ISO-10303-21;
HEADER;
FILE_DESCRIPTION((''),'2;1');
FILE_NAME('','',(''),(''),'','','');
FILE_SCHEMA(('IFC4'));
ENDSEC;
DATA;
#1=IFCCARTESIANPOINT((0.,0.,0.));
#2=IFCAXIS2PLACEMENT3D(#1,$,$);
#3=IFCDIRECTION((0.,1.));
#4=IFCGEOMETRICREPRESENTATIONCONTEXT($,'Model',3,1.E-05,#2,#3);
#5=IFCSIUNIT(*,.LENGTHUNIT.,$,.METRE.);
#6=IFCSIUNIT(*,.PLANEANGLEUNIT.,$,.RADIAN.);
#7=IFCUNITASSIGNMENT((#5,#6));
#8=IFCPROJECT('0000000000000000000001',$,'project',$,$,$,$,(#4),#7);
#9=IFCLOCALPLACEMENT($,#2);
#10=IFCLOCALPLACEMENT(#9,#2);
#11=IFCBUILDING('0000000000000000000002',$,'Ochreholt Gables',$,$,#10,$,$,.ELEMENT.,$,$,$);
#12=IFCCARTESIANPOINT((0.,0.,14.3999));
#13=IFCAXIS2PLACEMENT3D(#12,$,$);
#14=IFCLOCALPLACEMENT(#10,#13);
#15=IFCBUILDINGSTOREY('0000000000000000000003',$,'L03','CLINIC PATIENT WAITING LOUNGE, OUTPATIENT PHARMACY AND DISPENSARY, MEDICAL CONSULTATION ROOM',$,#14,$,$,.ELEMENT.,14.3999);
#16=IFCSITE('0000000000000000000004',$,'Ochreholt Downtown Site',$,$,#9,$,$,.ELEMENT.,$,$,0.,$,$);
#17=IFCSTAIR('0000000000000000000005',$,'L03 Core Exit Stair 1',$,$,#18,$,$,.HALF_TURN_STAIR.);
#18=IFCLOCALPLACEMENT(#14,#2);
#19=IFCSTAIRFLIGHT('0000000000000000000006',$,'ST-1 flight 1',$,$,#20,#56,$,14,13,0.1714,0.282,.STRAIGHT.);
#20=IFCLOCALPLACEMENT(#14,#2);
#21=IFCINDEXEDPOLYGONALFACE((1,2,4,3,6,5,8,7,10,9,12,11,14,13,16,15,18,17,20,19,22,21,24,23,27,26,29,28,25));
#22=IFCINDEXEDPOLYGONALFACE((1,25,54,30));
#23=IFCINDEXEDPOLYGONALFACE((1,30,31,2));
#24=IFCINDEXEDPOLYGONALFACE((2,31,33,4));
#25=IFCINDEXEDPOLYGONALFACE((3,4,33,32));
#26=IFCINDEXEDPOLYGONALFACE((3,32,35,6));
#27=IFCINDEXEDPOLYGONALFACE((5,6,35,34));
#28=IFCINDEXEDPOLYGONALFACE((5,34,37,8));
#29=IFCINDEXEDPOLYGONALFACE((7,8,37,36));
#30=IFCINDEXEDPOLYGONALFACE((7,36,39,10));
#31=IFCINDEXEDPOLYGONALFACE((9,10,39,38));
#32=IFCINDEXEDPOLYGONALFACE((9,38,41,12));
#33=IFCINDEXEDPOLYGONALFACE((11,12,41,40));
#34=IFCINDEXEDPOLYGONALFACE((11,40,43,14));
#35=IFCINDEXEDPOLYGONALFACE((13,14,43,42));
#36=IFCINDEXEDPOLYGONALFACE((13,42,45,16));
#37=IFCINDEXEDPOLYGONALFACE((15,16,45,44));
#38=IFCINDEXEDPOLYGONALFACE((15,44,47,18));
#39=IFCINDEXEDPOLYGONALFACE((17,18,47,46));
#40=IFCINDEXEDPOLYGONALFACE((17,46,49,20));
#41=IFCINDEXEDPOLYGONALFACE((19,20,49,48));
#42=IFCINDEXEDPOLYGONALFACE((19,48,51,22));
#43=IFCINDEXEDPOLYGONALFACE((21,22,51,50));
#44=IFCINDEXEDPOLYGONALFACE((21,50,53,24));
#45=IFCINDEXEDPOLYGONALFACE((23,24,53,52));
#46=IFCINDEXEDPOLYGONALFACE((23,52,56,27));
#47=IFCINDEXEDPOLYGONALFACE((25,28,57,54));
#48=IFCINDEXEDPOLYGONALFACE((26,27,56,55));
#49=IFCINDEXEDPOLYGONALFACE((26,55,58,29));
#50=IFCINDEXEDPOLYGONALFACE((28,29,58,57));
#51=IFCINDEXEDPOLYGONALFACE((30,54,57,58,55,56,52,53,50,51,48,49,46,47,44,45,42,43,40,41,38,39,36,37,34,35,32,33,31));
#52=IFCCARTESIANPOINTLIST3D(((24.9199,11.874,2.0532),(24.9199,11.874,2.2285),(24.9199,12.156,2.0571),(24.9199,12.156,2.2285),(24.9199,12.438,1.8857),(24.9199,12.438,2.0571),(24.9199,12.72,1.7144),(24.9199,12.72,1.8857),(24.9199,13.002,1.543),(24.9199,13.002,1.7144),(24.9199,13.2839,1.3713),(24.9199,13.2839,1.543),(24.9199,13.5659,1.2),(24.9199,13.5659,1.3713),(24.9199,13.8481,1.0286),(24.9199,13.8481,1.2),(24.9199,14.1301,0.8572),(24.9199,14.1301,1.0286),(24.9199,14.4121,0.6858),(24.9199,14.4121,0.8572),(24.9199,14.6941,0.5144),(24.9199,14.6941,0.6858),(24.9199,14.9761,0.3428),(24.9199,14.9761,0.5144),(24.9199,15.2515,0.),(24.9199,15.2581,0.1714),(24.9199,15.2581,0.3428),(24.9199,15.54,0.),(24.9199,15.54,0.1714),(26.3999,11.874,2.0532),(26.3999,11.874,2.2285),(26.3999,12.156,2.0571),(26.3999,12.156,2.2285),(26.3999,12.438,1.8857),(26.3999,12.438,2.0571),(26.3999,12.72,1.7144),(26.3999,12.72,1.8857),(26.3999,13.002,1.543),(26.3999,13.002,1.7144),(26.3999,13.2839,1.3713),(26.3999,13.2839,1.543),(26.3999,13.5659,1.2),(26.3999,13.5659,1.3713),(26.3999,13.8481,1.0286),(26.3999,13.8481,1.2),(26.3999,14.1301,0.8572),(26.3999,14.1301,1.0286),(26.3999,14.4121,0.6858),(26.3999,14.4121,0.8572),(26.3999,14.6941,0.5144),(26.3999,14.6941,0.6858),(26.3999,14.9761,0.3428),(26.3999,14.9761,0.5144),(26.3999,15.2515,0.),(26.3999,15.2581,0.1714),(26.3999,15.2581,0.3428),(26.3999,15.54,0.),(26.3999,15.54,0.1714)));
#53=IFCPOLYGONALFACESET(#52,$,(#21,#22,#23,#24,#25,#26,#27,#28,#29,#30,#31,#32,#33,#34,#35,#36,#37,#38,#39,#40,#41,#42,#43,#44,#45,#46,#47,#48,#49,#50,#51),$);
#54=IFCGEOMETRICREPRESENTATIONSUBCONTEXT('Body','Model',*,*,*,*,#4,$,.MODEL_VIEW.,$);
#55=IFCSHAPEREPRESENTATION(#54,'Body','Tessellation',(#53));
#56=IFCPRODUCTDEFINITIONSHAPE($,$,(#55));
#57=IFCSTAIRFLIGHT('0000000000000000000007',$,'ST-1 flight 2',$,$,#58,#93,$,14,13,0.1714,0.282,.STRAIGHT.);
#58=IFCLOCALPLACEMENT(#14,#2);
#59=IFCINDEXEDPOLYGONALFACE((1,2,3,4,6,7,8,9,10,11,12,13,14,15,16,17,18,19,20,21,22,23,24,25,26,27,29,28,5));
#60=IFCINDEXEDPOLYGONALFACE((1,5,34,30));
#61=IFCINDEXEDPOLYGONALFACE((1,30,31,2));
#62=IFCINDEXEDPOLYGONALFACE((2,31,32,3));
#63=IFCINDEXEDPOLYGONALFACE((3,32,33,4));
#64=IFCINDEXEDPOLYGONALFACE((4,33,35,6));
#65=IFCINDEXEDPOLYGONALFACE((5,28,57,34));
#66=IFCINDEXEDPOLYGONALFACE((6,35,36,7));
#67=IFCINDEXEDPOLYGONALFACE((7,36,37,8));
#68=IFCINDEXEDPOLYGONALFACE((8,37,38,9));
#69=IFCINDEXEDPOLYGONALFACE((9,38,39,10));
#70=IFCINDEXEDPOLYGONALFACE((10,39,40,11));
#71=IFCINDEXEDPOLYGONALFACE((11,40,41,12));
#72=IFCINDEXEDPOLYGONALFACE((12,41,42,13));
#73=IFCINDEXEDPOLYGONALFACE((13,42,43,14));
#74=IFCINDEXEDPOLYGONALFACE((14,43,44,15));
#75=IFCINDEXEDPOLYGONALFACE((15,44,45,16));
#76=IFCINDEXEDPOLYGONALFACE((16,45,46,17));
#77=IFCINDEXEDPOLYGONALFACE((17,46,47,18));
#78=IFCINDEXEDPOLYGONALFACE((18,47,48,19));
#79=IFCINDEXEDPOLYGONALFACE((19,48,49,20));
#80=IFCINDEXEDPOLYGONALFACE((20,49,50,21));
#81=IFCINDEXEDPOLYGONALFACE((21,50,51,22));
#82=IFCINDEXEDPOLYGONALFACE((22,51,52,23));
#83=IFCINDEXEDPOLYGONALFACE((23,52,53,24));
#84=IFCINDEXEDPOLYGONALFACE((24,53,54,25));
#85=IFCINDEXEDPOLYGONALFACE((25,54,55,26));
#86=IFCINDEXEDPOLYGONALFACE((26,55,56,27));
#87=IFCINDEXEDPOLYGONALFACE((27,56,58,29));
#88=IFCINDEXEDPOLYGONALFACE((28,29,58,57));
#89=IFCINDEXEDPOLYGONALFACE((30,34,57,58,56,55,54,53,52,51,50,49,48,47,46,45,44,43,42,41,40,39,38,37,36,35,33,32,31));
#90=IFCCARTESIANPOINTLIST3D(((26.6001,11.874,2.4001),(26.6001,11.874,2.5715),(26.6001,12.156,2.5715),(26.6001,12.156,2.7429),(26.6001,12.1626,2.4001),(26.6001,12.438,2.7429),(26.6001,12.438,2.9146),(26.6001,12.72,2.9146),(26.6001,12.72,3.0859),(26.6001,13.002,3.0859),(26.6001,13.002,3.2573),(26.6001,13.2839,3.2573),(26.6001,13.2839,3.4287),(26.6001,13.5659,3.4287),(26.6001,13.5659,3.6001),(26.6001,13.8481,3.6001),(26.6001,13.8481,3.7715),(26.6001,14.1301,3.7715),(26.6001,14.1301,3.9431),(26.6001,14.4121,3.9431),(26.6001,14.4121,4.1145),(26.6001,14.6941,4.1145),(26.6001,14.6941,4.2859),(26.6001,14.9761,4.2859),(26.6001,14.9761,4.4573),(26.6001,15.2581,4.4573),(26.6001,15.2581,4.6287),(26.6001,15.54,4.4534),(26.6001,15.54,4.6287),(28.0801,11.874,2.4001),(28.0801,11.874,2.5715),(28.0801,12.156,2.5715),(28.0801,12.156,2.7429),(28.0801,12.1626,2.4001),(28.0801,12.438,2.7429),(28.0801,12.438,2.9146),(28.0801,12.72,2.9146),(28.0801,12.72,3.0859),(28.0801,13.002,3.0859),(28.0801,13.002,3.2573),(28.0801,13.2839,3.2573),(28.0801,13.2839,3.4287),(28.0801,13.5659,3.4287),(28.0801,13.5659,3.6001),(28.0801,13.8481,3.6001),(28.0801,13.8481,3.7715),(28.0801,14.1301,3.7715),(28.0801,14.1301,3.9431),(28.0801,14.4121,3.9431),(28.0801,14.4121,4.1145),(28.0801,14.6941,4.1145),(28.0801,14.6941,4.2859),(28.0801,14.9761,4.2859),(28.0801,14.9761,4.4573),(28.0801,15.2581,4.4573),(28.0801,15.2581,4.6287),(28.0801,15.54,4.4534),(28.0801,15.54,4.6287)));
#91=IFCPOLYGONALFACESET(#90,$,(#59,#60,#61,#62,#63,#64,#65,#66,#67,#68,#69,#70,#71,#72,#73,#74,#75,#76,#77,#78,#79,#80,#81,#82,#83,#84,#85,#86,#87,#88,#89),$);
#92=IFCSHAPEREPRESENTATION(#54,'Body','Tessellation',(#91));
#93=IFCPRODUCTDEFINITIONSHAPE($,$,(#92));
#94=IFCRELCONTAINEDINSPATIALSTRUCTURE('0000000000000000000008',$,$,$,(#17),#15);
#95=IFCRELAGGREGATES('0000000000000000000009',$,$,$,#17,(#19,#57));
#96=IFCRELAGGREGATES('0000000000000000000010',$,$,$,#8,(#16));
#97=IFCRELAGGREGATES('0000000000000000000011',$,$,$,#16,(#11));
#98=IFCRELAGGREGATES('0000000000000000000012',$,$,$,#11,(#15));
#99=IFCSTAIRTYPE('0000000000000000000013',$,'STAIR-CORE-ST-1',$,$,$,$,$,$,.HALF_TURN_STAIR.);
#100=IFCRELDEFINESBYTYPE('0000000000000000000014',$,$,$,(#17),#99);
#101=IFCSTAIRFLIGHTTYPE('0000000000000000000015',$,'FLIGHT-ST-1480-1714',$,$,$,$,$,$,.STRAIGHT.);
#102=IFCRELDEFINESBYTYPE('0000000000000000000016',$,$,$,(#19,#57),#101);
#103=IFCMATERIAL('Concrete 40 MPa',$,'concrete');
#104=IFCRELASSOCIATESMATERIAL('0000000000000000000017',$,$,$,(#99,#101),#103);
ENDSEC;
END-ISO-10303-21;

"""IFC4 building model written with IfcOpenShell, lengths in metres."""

from ifc_helpers import new_model, si_unit, direction, frame, origin, place, context, subcontext, project, spatial, polyline, outline, extrude, material, type_object, element, aggregate, save


model = new_model("IFC4")

# Units and contexts
model_context = context("Model", 3, precision=1e-05, world=origin(), true_north=direction((0.0, 1.0)))
body_context = subcontext(model_context, "Body", "Model", "MODEL_VIEW")
ifc_project = project(units=[si_unit("LENGTHUNIT", "METRE"), si_unit("PLANEANGLEUNIT", "RADIAN")], contexts=[model_context])

# Site, building, storey
site_placement = place(None, origin())
site = spatial("IfcSite", under=ifc_project, at=site_placement, Name="Ochreholt Downtown Site", CompositionType="ELEMENT", RefElevation=0.0)
building_placement = place(site_placement, origin())
building = spatial("IfcBuilding", under=site, at=building_placement, Name="Ochreholt Gables", CompositionType="ELEMENT")
storey_placement = place(building_placement, frame((0.0, 0.0, 14.3999)))
storey = spatial("IfcBuildingStorey", under=building, at=storey_placement, Name="L03", Description="CLINIC PATIENT WAITING LOUNGE, OUTPATIENT PHARMACY AND DISPENSARY, MEDICAL CONSULTATION ROOM", CompositionType="ELEMENT", Elevation=14.3999)

# Shared definitions
ifc_material_1 = material(Name="Concrete 40 MPa", Category="concrete")

# Stair, stair flights
stair_type = type_object("IfcStairType", Name="STAIR-CORE-ST-1", PredefinedType="HALF_TURN_STAIR", material=ifc_material_1)
stair_placement = place(storey_placement, origin())
stair = element("IfcStair", 1, at=stair_placement, inside=storey, type_object=stair_type, Name="L03 Core Exit Stair 1", PredefinedType="HALF_TURN_STAIR")
stair_flight_type = type_object("IfcStairFlightType", Name="FLIGHT-ST-1480-1714", PredefinedType="STRAIGHT", material=ifc_material_1)
stair_flight_1_placement = place(storey_placement, frame((25.6599, 15.54, 0.0), z_axis=(0.0, 0.0, 1.0), x_axis=(0.0, -1.0, 0.0)))
stair_flight_1 = element("IfcStairFlight", 2, at=stair_flight_1_placement, type_object=stair_flight_type, Name="ST-1 flight 1", NumberOfRisers=14, NumberOfTreads=13, PredefinedType="STRAIGHT", RiserHeight=0.1714, TreadLength=0.282, context=body_context, shape_type="SweptSolid", body=[
    extrude(outline(polyline([(0.0, 0.0), (0.0, 0.1714), (0.282, 0.1714), (0.282, 0.3428), (0.564, 0.3428), (0.564, 0.5144), (0.8459, 0.5144), (0.8459, 0.6858), (1.1279, 0.6858), (1.1279, 0.8572), (1.4099, 0.8572), (1.4099, 1.0286), (1.6919, 1.0286), (1.6919, 1.2), (1.9741, 1.2), (1.9741, 1.3713), (2.2561, 1.3713), (2.2561, 1.543), (2.5381, 1.543), (2.5381, 1.7144), (2.8201, 1.7144), (2.8201, 1.8857), (3.1021, 1.8857), (3.1021, 2.0571), (3.384, 2.0571), (3.384, 2.2285), (3.666, 2.2285), (3.666, 2.3999), (3.666, 2.0532), (0.2886, 0.0), (0.0, 0.0)])), frame((0.0, 0.74, 0.0), z_axis=(0.0, -1.0, 0.0), x_axis=(1.0, 0.0, 0.0)), (0.0, 0.0, 1.0), 1.48),
])
stair_flight_2_placement = place(storey_placement, frame((27.3401, 11.874, 2.4001), z_axis=(0.0, 0.0, 1.0), x_axis=(0.0, 1.0, 0.0)))
stair_flight_2 = element("IfcStairFlight", 3, at=stair_flight_2_placement, type_object=stair_flight_type, Name="ST-1 flight 2", NumberOfRisers=14, NumberOfTreads=13, PredefinedType="STRAIGHT", RiserHeight=0.1714, TreadLength=0.282, context=body_context, shape_type="SweptSolid", body=[
    extrude(outline(polyline([(0.0, 0.0), (0.0, 0.1714), (0.282, 0.1714), (0.282, 0.3428), (0.564, 0.3428), (0.564, 0.5144), (0.8459, 0.5144), (0.8459, 0.6858), (1.1279, 0.6858), (1.1279, 0.8572), (1.4099, 0.8572), (1.4099, 1.0286), (1.6919, 1.0286), (1.6919, 1.2), (1.9741, 1.2), (1.9741, 1.3713), (2.2561, 1.3713), (2.2561, 1.543), (2.5381, 1.543), (2.5381, 1.7144), (2.8201, 1.7144), (2.8201, 1.8857), (3.1021, 1.8857), (3.1021, 2.0571), (3.384, 2.0571), (3.384, 2.2285), (3.666, 2.2285), (3.666, 2.3999), (3.666, 2.0532), (0.2886, 0.0), (0.0, 0.0)])), frame((0.0, 0.74, 0.0), z_axis=(0.0, -1.0, 0.0), x_axis=(1.0, 0.0, 0.0)), (0.0, 0.0, 1.0), 1.48),
])
aggregate(stair, [stair_flight_1, stair_flight_2])

save(model, "model.ifc")
